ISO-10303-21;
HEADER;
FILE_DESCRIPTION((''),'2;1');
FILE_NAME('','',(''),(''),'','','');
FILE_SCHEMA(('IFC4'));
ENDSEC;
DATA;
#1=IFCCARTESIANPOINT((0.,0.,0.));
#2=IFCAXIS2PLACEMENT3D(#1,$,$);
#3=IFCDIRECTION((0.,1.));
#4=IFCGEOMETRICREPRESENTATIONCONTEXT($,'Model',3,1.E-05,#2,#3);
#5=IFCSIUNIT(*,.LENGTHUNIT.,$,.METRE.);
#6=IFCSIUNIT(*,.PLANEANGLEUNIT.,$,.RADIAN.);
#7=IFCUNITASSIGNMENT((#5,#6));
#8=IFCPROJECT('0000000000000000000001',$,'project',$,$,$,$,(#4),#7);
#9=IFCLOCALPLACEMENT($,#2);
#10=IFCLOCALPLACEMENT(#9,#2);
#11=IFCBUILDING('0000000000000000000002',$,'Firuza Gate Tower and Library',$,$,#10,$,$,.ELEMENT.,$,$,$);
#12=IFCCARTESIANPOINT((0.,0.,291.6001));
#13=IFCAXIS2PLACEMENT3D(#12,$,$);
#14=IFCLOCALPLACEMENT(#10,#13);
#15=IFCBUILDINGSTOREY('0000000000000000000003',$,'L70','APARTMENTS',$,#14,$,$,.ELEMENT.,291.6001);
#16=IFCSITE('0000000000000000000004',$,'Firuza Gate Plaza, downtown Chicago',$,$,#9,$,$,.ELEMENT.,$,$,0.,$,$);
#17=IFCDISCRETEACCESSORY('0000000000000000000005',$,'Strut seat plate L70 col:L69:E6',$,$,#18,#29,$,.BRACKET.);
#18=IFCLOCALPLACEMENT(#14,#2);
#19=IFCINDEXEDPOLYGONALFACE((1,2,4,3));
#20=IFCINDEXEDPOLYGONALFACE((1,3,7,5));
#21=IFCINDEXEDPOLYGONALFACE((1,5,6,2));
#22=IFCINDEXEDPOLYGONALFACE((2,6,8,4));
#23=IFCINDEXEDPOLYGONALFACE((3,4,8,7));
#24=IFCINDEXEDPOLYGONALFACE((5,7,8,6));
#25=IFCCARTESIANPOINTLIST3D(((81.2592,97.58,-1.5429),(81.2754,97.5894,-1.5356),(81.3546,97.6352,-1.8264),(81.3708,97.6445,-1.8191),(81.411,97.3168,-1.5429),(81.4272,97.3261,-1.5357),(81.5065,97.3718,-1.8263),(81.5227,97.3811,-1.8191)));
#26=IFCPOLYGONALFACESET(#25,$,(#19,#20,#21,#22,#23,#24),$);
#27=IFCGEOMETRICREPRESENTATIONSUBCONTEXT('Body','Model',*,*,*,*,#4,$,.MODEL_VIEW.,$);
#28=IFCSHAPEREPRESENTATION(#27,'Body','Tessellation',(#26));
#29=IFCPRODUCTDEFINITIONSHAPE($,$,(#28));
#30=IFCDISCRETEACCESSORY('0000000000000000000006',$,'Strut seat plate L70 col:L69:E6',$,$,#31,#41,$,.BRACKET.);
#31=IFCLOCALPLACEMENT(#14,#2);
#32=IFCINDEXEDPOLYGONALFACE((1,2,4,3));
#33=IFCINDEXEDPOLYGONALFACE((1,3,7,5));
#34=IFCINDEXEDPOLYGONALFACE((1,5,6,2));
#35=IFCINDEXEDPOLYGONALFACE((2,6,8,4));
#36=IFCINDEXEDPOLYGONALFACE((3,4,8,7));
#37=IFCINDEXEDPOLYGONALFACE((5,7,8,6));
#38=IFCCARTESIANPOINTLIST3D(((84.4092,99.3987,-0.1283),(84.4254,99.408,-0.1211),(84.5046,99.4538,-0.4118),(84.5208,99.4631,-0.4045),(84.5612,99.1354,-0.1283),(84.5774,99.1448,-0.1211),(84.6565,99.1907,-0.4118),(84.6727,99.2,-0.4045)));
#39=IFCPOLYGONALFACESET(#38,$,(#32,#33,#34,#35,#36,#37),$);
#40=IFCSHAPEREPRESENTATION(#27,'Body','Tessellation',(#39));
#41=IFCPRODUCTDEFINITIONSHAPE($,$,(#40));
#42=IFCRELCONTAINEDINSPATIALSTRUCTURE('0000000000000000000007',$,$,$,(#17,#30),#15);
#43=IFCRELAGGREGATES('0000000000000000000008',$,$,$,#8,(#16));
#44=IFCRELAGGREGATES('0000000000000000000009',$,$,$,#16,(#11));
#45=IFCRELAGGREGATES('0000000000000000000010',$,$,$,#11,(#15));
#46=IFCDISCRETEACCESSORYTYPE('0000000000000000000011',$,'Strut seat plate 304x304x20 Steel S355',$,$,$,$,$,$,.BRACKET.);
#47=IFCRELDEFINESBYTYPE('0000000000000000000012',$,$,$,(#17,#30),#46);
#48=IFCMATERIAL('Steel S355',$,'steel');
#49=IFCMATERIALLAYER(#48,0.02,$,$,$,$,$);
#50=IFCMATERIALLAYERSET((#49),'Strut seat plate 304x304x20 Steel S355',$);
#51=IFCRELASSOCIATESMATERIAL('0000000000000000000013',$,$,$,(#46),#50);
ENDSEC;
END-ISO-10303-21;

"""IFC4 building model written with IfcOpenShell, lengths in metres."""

from ifc_helpers import new_model, si_unit, direction, frame, origin, place, context, subcontext, project, spatial, polyline, outline, extrude, material, layer, layer_set, type_object, element, save


model = new_model("IFC4")

# Units and contexts
model_context = context("Model", 3, precision=1e-05, world=origin(), true_north=direction((0.0, 1.0)))
body_context = subcontext(model_context, "Body", "Model", "MODEL_VIEW")
ifc_project = project(units=[si_unit("LENGTHUNIT", "METRE"), si_unit("PLANEANGLEUNIT", "RADIAN")], contexts=[model_context])

# Site, building, storey
site_placement = place(None, origin())
site = spatial("IfcSite", under=ifc_project, at=site_placement, Name="Firuza Gate Plaza, downtown Chicago", CompositionType="ELEMENT", RefElevation=0.0)
building_placement = place(site_placement, origin())
building = spatial("IfcBuilding", under=site, at=building_placement, Name="Firuza Gate Tower and Library", CompositionType="ELEMENT")
storey_placement = place(building_placement, frame((0.0, 0.0, 291.6001)))
storey = spatial("IfcBuildingStorey", under=building, at=storey_placement, Name="L70", Description="APARTMENTS", CompositionType="ELEMENT", Elevation=291.6001)

# Discrete accessories
ifc_material_1 = material(Name="Steel S355", Category="steel")
ifc_layer_1 = layer(ifc_material_1, 0.02)
ifc_layer_set_1 = layer_set([ifc_layer_1], Name="Strut seat plate 304x304x20 Steel S355")
discrete_accessory_type = type_object("IfcDiscreteAccessoryType", Name="Strut seat plate 304x304x20 Steel S355", PredefinedType="BRACKET", material=ifc_layer_set_1)
discrete_accessory_1_placement = place(storey_placement, frame((81.2754, 97.5894, -1.5356), z_axis=(0.807389, 0.465643, 0.362353), x_axis=(0.499618, -0.866246, -0.000068)))
element("IfcDiscreteAccessory", 1, at=discrete_accessory_1_placement, inside=storey, type_object=discrete_accessory_type, Name="Strut seat plate L70 col:L69:E6", PredefinedType="BRACKET", context=body_context, shape_type="SweptSolid", body=[
    extrude(outline(polyline([(0.0, 0.0), (0.3039, 0.0), (0.304, 0.3041), (-0.0001, 0.3041), (0.0, 0.0)])), origin(), (0.0, 0.0, -1.0), 0.02),
])
discrete_accessory_2_placement = place(storey_placement, frame((84.5774, 99.1448, -0.1211), z_axis=(0.807176, 0.466111, 0.362225), x_axis=(-0.50011, 0.865962, 0.000117)))
element("IfcDiscreteAccessory", 2, at=discrete_accessory_2_placement, inside=storey, type_object=discrete_accessory_type, Name="Strut seat plate L70 col:L69:E6", PredefinedType="BRACKET", context=body_context, shape_type="SweptSolid", body=[
    extrude(outline(polyline([(0.0, 0.0), (0.304, 0.0), (0.304, -0.3041), (0.0001, -0.3041), (0.0, 0.0)])), origin(), (0.0, 0.0, -1.0), 0.02),
])

save(model, "model.ifc")
